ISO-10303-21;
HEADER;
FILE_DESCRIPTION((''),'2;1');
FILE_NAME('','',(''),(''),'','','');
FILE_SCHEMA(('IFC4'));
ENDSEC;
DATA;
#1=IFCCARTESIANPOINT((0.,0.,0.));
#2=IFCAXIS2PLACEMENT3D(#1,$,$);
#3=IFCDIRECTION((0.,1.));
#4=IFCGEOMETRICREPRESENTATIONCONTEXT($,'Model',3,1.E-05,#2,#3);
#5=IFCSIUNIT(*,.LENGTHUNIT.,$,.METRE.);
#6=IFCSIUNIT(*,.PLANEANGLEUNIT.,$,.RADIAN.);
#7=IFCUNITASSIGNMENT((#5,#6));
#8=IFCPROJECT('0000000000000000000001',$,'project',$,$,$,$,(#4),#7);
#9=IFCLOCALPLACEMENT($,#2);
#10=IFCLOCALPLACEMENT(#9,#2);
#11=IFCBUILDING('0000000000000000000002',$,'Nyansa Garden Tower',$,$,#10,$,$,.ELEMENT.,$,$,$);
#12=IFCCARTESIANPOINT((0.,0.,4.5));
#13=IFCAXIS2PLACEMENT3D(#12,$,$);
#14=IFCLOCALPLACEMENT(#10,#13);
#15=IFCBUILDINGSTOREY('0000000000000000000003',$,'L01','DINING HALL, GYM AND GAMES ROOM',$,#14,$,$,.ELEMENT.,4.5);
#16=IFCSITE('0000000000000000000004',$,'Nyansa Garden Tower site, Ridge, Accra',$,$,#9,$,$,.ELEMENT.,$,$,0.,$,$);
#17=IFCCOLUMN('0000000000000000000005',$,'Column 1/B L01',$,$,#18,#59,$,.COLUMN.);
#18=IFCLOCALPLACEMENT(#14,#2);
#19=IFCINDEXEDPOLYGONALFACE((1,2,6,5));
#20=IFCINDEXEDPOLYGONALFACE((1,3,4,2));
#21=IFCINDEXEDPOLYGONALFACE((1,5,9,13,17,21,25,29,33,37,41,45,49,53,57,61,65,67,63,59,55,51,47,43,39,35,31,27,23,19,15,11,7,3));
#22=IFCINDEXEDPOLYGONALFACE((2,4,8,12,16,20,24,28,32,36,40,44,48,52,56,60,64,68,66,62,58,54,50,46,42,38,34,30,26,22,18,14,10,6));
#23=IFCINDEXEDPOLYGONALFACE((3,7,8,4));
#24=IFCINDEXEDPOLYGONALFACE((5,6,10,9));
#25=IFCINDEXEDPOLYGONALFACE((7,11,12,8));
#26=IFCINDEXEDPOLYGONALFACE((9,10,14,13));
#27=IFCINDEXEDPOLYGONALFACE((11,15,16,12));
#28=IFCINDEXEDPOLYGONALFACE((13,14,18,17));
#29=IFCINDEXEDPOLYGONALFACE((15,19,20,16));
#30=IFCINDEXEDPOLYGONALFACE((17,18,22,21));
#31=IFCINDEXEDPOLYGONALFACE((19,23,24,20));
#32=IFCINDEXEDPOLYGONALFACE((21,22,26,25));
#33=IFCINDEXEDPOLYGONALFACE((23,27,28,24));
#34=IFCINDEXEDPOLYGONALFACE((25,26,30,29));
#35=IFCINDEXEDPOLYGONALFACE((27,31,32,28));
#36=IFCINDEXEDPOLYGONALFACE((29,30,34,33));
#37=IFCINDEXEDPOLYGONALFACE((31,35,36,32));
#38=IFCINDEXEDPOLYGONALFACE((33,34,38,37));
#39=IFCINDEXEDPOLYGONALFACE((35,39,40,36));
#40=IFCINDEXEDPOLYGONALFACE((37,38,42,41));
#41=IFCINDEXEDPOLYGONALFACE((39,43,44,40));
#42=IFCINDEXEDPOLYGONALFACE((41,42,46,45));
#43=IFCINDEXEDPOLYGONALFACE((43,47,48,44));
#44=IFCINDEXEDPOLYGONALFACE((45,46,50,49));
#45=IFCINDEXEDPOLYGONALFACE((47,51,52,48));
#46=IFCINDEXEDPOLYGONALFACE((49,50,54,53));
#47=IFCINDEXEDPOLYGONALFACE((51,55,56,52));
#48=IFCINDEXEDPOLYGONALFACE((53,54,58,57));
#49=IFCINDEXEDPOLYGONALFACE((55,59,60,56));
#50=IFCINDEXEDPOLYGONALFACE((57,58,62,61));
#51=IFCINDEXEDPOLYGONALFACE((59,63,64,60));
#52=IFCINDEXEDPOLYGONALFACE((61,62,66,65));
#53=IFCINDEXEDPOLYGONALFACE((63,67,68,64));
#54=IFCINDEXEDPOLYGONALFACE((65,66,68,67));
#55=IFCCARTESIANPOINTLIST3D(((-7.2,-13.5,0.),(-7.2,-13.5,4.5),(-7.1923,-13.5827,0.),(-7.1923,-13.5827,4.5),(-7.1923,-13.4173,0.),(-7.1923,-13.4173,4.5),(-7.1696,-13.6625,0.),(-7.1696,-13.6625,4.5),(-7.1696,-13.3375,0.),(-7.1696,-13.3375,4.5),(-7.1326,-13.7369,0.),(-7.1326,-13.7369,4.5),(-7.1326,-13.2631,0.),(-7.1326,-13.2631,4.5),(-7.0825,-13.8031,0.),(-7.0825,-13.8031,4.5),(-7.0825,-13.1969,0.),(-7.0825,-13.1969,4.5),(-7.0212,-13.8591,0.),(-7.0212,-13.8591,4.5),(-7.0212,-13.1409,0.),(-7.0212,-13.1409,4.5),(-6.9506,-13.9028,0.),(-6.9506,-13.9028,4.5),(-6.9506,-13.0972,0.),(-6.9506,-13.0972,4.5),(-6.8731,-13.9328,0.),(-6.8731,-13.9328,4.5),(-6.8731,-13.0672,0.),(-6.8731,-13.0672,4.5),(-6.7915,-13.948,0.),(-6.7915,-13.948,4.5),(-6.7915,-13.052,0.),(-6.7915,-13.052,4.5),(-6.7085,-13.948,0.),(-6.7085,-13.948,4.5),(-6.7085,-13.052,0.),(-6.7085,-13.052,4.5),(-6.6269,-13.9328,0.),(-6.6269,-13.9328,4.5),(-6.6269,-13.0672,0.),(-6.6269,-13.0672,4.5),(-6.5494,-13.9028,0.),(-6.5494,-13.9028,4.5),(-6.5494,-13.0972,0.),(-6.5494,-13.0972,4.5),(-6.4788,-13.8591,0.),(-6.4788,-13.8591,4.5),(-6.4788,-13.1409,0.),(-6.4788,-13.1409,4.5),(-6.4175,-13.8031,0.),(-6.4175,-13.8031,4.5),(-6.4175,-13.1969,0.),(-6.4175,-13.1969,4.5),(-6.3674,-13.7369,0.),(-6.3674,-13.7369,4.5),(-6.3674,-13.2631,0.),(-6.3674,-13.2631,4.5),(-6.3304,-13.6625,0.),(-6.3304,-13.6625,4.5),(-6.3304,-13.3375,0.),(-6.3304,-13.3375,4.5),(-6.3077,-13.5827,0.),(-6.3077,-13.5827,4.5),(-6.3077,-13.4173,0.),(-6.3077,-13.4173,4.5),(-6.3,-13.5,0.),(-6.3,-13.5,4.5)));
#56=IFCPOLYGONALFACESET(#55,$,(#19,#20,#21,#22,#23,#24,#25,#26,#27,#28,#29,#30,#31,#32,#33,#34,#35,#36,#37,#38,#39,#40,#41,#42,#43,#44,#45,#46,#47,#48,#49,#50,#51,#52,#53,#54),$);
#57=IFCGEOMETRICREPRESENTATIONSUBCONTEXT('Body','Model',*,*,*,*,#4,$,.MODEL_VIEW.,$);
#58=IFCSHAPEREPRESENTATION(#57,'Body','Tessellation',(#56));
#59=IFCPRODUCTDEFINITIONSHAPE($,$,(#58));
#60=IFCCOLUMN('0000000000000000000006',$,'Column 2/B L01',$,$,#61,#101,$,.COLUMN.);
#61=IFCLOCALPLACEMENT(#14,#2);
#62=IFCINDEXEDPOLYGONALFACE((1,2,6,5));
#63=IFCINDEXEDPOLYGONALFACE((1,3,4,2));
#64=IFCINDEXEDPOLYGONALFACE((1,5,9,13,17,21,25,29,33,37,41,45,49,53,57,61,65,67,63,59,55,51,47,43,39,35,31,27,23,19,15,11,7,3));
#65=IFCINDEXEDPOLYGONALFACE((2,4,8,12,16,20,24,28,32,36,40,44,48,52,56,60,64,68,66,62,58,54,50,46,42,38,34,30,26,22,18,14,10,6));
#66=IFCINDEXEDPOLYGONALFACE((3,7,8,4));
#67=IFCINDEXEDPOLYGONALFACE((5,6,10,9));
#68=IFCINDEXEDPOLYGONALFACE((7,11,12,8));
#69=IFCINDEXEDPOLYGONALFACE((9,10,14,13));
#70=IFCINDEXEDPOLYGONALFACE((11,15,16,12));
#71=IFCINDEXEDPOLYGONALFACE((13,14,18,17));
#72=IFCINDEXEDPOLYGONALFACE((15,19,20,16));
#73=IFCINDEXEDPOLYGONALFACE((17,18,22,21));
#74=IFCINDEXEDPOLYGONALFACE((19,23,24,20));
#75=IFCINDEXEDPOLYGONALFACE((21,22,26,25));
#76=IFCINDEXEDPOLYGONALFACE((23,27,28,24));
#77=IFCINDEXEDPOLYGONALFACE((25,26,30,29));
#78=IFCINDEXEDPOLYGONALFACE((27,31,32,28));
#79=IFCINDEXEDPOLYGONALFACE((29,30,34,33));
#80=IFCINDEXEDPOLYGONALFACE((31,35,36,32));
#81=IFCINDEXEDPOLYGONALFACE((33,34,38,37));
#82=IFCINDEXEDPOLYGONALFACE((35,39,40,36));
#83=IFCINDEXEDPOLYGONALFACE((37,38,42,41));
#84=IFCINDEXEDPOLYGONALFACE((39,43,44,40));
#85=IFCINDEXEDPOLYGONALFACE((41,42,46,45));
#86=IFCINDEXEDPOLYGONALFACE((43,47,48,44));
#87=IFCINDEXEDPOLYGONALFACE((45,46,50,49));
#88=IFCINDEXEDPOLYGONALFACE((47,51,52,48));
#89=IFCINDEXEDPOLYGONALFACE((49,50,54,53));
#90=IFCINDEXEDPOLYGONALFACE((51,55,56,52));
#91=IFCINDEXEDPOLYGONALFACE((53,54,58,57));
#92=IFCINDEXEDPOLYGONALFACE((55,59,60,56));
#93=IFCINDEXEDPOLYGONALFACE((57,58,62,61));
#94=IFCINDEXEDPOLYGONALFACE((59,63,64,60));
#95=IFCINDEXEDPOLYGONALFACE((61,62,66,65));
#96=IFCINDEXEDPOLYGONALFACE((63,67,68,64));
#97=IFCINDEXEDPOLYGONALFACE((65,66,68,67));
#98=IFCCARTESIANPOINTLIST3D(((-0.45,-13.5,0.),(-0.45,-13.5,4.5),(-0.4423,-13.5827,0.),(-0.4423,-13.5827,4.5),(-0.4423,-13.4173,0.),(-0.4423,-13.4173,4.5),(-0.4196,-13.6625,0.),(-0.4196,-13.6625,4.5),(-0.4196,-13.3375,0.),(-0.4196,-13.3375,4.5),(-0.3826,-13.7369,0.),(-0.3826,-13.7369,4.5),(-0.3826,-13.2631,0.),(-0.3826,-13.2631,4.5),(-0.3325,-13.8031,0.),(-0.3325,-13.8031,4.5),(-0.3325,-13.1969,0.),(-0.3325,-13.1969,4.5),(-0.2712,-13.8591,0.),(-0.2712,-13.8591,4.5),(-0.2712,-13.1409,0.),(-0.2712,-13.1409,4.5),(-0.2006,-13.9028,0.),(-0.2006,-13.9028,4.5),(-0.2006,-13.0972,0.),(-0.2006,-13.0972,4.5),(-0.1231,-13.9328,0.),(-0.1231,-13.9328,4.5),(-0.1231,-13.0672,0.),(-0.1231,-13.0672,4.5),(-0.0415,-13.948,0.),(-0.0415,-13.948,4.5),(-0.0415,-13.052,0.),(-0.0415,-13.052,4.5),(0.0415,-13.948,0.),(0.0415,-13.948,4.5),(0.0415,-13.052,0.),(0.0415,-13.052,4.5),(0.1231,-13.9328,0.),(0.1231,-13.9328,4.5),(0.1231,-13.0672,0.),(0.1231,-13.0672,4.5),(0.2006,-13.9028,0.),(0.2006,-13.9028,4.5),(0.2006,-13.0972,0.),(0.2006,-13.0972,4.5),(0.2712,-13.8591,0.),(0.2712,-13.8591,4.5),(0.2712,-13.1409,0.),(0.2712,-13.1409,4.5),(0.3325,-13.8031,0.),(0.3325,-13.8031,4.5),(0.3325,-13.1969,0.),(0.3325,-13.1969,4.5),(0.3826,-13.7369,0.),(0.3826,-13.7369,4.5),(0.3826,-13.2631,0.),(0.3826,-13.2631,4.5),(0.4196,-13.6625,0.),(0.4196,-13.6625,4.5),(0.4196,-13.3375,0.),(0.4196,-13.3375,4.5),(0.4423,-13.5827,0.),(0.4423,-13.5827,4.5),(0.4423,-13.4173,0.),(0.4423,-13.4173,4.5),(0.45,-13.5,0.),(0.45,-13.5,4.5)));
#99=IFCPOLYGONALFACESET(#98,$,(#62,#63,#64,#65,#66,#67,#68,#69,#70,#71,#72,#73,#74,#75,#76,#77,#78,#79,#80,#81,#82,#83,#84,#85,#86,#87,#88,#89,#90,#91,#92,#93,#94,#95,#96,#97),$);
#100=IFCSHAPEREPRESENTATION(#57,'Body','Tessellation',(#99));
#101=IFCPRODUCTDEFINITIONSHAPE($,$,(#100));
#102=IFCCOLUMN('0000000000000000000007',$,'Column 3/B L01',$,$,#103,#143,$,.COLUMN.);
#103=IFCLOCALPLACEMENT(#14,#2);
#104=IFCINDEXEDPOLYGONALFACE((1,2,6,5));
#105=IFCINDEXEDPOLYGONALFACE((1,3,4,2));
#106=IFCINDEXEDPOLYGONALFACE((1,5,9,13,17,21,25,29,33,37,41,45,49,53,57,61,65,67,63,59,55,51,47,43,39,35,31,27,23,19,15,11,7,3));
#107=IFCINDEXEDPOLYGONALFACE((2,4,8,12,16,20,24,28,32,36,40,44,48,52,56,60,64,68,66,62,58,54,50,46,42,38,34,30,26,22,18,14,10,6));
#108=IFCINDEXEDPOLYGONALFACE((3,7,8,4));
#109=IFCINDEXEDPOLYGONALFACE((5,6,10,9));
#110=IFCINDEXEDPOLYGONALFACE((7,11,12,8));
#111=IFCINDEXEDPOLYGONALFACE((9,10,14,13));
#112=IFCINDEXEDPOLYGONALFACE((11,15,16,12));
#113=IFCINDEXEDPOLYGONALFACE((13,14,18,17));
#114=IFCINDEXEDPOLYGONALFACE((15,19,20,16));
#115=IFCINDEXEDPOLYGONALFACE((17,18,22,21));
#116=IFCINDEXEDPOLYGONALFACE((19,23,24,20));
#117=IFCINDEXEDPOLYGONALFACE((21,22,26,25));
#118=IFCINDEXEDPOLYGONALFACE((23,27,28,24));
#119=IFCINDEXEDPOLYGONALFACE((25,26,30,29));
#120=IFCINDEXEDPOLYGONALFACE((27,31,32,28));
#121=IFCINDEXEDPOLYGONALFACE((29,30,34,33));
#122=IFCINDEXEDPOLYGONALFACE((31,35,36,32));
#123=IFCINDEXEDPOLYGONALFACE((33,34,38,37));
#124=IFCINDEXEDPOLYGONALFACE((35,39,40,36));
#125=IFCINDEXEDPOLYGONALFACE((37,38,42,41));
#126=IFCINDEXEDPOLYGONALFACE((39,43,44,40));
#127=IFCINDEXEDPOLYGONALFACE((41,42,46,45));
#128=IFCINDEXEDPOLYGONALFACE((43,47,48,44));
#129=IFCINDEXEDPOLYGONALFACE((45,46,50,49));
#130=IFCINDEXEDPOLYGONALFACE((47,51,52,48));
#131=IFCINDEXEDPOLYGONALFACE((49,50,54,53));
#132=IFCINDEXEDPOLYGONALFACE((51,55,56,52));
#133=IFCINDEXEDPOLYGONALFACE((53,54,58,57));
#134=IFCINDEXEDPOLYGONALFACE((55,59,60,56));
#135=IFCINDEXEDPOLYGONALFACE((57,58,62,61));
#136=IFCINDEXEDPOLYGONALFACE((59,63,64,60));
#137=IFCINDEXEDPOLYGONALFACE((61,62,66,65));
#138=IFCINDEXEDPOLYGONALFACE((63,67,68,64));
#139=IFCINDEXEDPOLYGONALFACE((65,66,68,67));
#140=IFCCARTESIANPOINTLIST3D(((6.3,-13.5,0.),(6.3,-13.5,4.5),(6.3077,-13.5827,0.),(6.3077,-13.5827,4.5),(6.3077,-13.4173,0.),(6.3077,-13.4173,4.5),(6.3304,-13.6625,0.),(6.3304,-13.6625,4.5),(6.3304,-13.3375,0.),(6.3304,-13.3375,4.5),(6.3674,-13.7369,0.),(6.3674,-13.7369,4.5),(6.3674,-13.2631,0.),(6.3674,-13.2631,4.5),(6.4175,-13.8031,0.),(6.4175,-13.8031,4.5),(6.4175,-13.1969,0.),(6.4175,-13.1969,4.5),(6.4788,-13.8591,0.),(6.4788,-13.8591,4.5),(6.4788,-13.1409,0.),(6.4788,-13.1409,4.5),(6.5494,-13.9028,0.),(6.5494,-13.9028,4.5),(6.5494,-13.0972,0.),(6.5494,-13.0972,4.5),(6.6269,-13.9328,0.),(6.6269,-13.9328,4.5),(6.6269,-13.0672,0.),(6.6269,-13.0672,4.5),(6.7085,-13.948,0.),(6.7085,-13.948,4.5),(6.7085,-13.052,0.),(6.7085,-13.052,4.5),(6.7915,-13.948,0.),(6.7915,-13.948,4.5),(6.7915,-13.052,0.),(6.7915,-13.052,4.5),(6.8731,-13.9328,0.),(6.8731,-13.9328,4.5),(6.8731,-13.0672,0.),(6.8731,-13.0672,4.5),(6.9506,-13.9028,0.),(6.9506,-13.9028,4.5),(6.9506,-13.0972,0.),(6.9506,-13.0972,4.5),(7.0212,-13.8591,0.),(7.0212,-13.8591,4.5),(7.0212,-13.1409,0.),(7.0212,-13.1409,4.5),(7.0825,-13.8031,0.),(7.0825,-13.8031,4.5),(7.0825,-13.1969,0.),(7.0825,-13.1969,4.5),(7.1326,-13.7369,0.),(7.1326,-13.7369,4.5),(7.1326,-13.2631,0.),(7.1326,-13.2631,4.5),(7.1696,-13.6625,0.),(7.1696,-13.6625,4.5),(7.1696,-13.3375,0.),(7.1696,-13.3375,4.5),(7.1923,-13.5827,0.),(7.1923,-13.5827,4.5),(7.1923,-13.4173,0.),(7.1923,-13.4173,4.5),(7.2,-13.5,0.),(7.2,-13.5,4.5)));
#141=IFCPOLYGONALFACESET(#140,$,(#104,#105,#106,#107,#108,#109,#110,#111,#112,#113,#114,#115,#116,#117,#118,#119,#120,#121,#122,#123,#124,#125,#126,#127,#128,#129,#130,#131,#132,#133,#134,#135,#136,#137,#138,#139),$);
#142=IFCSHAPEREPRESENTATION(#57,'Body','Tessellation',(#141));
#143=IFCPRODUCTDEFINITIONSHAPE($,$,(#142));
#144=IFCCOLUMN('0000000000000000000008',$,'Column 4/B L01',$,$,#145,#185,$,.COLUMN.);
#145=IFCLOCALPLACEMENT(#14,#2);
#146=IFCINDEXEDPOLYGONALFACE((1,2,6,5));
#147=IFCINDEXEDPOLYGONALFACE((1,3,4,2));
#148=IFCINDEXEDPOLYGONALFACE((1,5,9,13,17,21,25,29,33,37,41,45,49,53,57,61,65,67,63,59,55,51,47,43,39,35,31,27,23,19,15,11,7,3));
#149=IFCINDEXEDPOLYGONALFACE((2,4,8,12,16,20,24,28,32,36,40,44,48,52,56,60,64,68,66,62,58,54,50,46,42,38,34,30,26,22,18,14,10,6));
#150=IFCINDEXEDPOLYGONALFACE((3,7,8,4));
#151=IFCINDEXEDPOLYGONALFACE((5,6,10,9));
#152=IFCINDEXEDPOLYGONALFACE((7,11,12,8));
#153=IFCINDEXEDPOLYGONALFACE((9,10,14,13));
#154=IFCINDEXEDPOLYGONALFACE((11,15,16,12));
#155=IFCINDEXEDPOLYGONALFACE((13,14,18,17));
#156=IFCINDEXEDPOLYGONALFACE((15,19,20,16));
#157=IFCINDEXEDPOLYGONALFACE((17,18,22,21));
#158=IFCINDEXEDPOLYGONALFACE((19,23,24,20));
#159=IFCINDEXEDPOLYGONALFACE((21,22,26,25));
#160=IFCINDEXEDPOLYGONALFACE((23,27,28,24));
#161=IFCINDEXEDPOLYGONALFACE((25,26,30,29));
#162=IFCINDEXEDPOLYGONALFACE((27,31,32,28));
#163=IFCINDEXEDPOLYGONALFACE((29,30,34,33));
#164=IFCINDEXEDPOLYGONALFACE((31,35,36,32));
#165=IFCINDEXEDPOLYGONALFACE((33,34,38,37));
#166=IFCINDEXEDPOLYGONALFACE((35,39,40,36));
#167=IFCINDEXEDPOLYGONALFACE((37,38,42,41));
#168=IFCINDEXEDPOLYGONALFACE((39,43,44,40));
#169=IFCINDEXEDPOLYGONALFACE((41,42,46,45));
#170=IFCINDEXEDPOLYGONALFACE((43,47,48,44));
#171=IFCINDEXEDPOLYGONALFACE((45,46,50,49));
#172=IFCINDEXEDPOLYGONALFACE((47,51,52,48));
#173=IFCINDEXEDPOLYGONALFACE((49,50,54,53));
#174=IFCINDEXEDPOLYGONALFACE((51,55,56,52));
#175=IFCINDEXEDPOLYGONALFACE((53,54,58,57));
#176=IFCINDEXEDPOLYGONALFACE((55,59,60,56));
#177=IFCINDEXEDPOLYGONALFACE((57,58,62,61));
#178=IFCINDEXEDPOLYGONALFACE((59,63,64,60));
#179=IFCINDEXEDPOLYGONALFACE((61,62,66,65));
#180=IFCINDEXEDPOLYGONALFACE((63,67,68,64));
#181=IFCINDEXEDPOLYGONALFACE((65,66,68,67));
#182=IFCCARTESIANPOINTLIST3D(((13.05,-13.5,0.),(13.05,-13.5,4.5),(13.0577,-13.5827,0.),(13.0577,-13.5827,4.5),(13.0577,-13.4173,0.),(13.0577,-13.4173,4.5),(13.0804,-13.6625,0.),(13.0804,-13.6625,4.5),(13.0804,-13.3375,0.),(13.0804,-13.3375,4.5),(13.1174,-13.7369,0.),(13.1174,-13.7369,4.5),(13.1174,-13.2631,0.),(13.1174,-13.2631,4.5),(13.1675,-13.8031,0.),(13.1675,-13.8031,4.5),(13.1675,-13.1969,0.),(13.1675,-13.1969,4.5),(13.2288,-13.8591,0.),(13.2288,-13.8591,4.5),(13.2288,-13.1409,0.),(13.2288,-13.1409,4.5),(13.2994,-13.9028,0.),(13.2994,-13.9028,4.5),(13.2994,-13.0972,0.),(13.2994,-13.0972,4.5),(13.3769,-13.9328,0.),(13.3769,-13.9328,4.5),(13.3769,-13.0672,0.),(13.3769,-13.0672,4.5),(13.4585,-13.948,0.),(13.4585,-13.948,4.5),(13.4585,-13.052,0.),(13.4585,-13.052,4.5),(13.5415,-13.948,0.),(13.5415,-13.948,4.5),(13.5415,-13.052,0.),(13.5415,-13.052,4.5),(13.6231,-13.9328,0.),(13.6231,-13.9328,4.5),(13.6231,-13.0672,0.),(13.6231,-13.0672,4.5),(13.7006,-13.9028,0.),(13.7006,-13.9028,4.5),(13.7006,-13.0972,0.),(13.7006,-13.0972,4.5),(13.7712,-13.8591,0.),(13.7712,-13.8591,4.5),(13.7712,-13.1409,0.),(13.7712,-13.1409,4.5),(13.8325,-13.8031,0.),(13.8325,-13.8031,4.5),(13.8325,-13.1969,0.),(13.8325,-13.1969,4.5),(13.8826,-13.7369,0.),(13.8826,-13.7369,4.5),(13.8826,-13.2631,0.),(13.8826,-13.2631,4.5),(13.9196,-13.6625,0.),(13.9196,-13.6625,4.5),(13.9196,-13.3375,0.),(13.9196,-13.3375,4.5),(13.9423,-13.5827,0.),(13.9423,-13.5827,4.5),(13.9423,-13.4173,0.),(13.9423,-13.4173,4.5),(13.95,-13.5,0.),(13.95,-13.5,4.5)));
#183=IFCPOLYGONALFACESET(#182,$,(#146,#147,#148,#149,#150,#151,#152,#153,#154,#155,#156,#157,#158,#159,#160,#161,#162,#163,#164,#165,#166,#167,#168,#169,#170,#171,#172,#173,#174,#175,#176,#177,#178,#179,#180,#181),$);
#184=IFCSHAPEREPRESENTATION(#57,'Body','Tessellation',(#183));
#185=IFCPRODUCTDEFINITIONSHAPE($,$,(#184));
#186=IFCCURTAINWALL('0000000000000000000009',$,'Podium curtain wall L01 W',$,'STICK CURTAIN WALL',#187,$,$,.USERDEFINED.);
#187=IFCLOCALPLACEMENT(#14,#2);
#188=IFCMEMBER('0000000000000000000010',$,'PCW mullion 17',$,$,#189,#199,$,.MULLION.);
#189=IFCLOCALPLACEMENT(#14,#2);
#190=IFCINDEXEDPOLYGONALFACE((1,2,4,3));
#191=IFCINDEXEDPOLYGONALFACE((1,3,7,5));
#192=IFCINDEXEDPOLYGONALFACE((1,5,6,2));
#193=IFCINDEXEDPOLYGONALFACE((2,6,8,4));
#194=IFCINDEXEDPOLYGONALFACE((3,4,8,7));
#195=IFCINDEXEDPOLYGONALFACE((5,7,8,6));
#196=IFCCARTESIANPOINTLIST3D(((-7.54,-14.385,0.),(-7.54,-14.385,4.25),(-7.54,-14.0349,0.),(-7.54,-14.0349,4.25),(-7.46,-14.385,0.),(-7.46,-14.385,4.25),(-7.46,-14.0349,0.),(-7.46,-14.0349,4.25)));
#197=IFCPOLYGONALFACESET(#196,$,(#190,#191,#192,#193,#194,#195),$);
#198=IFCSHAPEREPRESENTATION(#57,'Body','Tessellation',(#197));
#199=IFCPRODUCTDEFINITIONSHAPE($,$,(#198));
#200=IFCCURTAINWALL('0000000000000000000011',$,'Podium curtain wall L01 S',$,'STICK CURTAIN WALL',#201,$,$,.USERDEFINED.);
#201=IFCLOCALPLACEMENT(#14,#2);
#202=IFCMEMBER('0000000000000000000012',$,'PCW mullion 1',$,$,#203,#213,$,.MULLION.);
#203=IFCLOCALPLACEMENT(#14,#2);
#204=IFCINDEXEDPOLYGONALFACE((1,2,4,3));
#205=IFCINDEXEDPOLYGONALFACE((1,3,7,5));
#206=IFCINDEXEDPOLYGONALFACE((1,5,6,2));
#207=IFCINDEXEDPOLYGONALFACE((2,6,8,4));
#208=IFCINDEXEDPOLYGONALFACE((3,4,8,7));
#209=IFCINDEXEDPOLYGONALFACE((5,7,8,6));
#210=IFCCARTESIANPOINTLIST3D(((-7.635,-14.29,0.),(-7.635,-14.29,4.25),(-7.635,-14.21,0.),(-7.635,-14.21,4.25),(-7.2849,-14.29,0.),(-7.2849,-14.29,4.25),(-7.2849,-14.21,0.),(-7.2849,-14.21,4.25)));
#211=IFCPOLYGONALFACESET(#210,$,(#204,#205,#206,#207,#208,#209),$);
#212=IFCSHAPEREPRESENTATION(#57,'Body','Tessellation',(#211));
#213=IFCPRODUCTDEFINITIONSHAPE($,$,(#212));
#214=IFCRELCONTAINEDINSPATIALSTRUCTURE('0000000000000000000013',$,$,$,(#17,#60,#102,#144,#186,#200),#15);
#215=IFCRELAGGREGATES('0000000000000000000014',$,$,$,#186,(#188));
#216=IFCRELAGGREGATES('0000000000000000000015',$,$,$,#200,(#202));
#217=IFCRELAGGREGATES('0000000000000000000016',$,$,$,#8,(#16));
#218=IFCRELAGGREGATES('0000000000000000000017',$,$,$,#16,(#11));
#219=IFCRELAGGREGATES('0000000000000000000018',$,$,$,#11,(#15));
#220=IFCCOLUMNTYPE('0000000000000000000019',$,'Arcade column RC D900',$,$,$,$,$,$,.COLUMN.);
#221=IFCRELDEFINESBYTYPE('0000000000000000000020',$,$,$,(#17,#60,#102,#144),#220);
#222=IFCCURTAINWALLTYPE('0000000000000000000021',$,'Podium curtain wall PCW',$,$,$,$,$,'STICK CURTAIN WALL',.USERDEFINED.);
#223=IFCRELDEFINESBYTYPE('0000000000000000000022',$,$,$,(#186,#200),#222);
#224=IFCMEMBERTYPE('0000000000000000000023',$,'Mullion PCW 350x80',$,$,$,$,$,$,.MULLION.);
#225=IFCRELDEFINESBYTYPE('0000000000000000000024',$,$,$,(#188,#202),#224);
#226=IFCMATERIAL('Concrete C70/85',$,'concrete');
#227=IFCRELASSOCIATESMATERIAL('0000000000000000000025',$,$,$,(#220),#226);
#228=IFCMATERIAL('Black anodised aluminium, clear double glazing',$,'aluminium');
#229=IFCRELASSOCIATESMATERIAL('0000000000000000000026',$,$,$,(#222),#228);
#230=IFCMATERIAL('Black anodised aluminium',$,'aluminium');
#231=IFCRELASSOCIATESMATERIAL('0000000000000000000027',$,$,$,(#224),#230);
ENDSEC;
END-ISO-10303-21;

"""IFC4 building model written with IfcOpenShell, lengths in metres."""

from ifc_helpers import new_model, si_unit, direction, frame, origin, origin_2d, place, context, subcontext, project, spatial, rectangle, circle, extrude, material, material_profile, profile_set, type_object, element, aggregate, save


model = new_model("IFC4")

# Units and contexts
model_context = context("Model", 3, precision=1e-05, world=origin(), true_north=direction((0.0, 1.0)))
body_context = subcontext(model_context, "Body", "Model", "MODEL_VIEW")
ifc_project = project(units=[si_unit("LENGTHUNIT", "METRE"), si_unit("PLANEANGLEUNIT", "RADIAN")], contexts=[model_context])

# Site, building, storey
site_placement = place(None, origin())
site = spatial("IfcSite", under=ifc_project, at=site_placement, Name="Nyansa Garden Tower site, Ridge, Accra", CompositionType="ELEMENT", RefElevation=0.0)
building_placement = place(site_placement, origin())
building = spatial("IfcBuilding", under=site, at=building_placement, Name="Nyansa Garden Tower", CompositionType="ELEMENT")
storey_placement = place(building_placement, frame((0.0, 0.0, 4.5)))
storey = spatial("IfcBuildingStorey", under=building, at=storey_placement, Name="L01", Description="DINING HALL, GYM AND GAMES ROOM", CompositionType="ELEMENT", Elevation=4.5)

# Columns
ifc_material_1 = material(Name="Concrete C70/85", Category="concrete")
ifc_material_profile_1 = material_profile(ifc_material_1, circle(Radius=0.45, at=origin_2d()), Name="RC D900")
ifc_profile_set_1 = profile_set([ifc_material_profile_1], Name="Concrete C70/85")
column_type = type_object("IfcColumnType", Name="Arcade column RC D900", PredefinedType="COLUMN", material=ifc_profile_set_1)
for number, where, z_axis, x_axis, name in (
    (1, (-6.75, -13.5, 0.0), (0.0, 0.0, 1.0), (1.0, 0.0, 0.0), "Column 1/B L01"),
    (2, (0.0, -13.5, 0.0), (0.0, 0.0, 1.0), (1.0, 0.0, 0.0), "Column 2/B L01"),
    (3, (6.75, -13.5, 0.0), (0.0, 0.0, 1.0), (1.0, 0.0, 0.0), "Column 3/B L01"),
    (4, (13.5, -13.5, 0.0), (0.0, 0.0, 1.0), (1.0, 0.0, 0.0), "Column 4/B L01"),
):
    element("IfcColumn", number, at=place(storey_placement, frame(where, z_axis=z_axis, x_axis=x_axis)), inside=storey, type_object=column_type, Name=name, PredefinedType="COLUMN", context=body_context, shape_type="SweptSolid", body=[
        extrude(circle(Radius=0.45, at=origin_2d()), origin(), (0.0, 0.0, 1.0), 4.5),
    ])

# Curtain wall, member
ifc_material_2 = material(Name="Black anodised aluminium, clear double glazing", Category="aluminium")
curtain_wall_type = type_object("IfcCurtainWallType", Name="Podium curtain wall PCW", ElementType="STICK CURTAIN WALL", PredefinedType="USERDEFINED", material=ifc_material_2)
curtain_wall_1_placement = place(storey_placement, origin())
curtain_wall_1 = element("IfcCurtainWall", 5, at=curtain_wall_1_placement, inside=storey, type_object=curtain_wall_type, Name="Podium curtain wall L01 W", ObjectType="STICK CURTAIN WALL", PredefinedType="USERDEFINED")
ifc_material_3 = material(Name="Black anodised aluminium", Category="aluminium")
ifc_material_profile_2 = material_profile(ifc_material_3, rectangle(XDim=0.0801, YDim=0.3501, at=origin_2d()), Name="Mullion 350x80")
ifc_profile_set_2 = profile_set([ifc_material_profile_2], Name="Black anodised aluminium")
member_type_1 = type_object("IfcMemberType", Name="Mullion PCW 350x80", PredefinedType="MULLION", material=ifc_profile_set_2)
member_1_placement = place(storey_placement, frame((-7.5, -14.21, 0.0), z_axis=(0.0, 0.0, 1.0), x_axis=(1.0, 0.0, 0.0)))
member_1 = element("IfcMember", 6, at=member_1_placement, type_object=member_type_1, Name="PCW mullion 17", PredefinedType="MULLION", context=body_context, shape_type="SweptSolid", body=[
    extrude(rectangle(XDim=0.0801, YDim=0.3501, at=origin_2d()), origin(), (0.0, 0.0, 1.0), 4.25),
])
aggregate(curtain_wall_1, [member_1])

# Curtain wall, member
curtain_wall_2_placement = place(storey_placement, origin())
curtain_wall_2 = element("IfcCurtainWall", 7, at=curtain_wall_2_placement, inside=storey, type_object=curtain_wall_type, Name="Podium curtain wall L01 S", ObjectType="STICK CURTAIN WALL", PredefinedType="USERDEFINED")
member_2_placement = place(storey_placement, frame((-7.46, -14.25, 0.0), z_axis=(0.0, 0.0, 1.0), x_axis=(0.0, 1.0, 0.0)))
member_2 = element("IfcMember", 8, at=member_2_placement, type_object=member_type_1, Name="PCW mullion 1", PredefinedType="MULLION", context=body_context, shape_type="SweptSolid", body=[
    extrude(rectangle(XDim=0.0801, YDim=0.3501, at=origin_2d()), origin(), (0.0, 0.0, 1.0), 4.25),
])

aggregate(curtain_wall_2, [member_2])

save(model, "model.ifc")
